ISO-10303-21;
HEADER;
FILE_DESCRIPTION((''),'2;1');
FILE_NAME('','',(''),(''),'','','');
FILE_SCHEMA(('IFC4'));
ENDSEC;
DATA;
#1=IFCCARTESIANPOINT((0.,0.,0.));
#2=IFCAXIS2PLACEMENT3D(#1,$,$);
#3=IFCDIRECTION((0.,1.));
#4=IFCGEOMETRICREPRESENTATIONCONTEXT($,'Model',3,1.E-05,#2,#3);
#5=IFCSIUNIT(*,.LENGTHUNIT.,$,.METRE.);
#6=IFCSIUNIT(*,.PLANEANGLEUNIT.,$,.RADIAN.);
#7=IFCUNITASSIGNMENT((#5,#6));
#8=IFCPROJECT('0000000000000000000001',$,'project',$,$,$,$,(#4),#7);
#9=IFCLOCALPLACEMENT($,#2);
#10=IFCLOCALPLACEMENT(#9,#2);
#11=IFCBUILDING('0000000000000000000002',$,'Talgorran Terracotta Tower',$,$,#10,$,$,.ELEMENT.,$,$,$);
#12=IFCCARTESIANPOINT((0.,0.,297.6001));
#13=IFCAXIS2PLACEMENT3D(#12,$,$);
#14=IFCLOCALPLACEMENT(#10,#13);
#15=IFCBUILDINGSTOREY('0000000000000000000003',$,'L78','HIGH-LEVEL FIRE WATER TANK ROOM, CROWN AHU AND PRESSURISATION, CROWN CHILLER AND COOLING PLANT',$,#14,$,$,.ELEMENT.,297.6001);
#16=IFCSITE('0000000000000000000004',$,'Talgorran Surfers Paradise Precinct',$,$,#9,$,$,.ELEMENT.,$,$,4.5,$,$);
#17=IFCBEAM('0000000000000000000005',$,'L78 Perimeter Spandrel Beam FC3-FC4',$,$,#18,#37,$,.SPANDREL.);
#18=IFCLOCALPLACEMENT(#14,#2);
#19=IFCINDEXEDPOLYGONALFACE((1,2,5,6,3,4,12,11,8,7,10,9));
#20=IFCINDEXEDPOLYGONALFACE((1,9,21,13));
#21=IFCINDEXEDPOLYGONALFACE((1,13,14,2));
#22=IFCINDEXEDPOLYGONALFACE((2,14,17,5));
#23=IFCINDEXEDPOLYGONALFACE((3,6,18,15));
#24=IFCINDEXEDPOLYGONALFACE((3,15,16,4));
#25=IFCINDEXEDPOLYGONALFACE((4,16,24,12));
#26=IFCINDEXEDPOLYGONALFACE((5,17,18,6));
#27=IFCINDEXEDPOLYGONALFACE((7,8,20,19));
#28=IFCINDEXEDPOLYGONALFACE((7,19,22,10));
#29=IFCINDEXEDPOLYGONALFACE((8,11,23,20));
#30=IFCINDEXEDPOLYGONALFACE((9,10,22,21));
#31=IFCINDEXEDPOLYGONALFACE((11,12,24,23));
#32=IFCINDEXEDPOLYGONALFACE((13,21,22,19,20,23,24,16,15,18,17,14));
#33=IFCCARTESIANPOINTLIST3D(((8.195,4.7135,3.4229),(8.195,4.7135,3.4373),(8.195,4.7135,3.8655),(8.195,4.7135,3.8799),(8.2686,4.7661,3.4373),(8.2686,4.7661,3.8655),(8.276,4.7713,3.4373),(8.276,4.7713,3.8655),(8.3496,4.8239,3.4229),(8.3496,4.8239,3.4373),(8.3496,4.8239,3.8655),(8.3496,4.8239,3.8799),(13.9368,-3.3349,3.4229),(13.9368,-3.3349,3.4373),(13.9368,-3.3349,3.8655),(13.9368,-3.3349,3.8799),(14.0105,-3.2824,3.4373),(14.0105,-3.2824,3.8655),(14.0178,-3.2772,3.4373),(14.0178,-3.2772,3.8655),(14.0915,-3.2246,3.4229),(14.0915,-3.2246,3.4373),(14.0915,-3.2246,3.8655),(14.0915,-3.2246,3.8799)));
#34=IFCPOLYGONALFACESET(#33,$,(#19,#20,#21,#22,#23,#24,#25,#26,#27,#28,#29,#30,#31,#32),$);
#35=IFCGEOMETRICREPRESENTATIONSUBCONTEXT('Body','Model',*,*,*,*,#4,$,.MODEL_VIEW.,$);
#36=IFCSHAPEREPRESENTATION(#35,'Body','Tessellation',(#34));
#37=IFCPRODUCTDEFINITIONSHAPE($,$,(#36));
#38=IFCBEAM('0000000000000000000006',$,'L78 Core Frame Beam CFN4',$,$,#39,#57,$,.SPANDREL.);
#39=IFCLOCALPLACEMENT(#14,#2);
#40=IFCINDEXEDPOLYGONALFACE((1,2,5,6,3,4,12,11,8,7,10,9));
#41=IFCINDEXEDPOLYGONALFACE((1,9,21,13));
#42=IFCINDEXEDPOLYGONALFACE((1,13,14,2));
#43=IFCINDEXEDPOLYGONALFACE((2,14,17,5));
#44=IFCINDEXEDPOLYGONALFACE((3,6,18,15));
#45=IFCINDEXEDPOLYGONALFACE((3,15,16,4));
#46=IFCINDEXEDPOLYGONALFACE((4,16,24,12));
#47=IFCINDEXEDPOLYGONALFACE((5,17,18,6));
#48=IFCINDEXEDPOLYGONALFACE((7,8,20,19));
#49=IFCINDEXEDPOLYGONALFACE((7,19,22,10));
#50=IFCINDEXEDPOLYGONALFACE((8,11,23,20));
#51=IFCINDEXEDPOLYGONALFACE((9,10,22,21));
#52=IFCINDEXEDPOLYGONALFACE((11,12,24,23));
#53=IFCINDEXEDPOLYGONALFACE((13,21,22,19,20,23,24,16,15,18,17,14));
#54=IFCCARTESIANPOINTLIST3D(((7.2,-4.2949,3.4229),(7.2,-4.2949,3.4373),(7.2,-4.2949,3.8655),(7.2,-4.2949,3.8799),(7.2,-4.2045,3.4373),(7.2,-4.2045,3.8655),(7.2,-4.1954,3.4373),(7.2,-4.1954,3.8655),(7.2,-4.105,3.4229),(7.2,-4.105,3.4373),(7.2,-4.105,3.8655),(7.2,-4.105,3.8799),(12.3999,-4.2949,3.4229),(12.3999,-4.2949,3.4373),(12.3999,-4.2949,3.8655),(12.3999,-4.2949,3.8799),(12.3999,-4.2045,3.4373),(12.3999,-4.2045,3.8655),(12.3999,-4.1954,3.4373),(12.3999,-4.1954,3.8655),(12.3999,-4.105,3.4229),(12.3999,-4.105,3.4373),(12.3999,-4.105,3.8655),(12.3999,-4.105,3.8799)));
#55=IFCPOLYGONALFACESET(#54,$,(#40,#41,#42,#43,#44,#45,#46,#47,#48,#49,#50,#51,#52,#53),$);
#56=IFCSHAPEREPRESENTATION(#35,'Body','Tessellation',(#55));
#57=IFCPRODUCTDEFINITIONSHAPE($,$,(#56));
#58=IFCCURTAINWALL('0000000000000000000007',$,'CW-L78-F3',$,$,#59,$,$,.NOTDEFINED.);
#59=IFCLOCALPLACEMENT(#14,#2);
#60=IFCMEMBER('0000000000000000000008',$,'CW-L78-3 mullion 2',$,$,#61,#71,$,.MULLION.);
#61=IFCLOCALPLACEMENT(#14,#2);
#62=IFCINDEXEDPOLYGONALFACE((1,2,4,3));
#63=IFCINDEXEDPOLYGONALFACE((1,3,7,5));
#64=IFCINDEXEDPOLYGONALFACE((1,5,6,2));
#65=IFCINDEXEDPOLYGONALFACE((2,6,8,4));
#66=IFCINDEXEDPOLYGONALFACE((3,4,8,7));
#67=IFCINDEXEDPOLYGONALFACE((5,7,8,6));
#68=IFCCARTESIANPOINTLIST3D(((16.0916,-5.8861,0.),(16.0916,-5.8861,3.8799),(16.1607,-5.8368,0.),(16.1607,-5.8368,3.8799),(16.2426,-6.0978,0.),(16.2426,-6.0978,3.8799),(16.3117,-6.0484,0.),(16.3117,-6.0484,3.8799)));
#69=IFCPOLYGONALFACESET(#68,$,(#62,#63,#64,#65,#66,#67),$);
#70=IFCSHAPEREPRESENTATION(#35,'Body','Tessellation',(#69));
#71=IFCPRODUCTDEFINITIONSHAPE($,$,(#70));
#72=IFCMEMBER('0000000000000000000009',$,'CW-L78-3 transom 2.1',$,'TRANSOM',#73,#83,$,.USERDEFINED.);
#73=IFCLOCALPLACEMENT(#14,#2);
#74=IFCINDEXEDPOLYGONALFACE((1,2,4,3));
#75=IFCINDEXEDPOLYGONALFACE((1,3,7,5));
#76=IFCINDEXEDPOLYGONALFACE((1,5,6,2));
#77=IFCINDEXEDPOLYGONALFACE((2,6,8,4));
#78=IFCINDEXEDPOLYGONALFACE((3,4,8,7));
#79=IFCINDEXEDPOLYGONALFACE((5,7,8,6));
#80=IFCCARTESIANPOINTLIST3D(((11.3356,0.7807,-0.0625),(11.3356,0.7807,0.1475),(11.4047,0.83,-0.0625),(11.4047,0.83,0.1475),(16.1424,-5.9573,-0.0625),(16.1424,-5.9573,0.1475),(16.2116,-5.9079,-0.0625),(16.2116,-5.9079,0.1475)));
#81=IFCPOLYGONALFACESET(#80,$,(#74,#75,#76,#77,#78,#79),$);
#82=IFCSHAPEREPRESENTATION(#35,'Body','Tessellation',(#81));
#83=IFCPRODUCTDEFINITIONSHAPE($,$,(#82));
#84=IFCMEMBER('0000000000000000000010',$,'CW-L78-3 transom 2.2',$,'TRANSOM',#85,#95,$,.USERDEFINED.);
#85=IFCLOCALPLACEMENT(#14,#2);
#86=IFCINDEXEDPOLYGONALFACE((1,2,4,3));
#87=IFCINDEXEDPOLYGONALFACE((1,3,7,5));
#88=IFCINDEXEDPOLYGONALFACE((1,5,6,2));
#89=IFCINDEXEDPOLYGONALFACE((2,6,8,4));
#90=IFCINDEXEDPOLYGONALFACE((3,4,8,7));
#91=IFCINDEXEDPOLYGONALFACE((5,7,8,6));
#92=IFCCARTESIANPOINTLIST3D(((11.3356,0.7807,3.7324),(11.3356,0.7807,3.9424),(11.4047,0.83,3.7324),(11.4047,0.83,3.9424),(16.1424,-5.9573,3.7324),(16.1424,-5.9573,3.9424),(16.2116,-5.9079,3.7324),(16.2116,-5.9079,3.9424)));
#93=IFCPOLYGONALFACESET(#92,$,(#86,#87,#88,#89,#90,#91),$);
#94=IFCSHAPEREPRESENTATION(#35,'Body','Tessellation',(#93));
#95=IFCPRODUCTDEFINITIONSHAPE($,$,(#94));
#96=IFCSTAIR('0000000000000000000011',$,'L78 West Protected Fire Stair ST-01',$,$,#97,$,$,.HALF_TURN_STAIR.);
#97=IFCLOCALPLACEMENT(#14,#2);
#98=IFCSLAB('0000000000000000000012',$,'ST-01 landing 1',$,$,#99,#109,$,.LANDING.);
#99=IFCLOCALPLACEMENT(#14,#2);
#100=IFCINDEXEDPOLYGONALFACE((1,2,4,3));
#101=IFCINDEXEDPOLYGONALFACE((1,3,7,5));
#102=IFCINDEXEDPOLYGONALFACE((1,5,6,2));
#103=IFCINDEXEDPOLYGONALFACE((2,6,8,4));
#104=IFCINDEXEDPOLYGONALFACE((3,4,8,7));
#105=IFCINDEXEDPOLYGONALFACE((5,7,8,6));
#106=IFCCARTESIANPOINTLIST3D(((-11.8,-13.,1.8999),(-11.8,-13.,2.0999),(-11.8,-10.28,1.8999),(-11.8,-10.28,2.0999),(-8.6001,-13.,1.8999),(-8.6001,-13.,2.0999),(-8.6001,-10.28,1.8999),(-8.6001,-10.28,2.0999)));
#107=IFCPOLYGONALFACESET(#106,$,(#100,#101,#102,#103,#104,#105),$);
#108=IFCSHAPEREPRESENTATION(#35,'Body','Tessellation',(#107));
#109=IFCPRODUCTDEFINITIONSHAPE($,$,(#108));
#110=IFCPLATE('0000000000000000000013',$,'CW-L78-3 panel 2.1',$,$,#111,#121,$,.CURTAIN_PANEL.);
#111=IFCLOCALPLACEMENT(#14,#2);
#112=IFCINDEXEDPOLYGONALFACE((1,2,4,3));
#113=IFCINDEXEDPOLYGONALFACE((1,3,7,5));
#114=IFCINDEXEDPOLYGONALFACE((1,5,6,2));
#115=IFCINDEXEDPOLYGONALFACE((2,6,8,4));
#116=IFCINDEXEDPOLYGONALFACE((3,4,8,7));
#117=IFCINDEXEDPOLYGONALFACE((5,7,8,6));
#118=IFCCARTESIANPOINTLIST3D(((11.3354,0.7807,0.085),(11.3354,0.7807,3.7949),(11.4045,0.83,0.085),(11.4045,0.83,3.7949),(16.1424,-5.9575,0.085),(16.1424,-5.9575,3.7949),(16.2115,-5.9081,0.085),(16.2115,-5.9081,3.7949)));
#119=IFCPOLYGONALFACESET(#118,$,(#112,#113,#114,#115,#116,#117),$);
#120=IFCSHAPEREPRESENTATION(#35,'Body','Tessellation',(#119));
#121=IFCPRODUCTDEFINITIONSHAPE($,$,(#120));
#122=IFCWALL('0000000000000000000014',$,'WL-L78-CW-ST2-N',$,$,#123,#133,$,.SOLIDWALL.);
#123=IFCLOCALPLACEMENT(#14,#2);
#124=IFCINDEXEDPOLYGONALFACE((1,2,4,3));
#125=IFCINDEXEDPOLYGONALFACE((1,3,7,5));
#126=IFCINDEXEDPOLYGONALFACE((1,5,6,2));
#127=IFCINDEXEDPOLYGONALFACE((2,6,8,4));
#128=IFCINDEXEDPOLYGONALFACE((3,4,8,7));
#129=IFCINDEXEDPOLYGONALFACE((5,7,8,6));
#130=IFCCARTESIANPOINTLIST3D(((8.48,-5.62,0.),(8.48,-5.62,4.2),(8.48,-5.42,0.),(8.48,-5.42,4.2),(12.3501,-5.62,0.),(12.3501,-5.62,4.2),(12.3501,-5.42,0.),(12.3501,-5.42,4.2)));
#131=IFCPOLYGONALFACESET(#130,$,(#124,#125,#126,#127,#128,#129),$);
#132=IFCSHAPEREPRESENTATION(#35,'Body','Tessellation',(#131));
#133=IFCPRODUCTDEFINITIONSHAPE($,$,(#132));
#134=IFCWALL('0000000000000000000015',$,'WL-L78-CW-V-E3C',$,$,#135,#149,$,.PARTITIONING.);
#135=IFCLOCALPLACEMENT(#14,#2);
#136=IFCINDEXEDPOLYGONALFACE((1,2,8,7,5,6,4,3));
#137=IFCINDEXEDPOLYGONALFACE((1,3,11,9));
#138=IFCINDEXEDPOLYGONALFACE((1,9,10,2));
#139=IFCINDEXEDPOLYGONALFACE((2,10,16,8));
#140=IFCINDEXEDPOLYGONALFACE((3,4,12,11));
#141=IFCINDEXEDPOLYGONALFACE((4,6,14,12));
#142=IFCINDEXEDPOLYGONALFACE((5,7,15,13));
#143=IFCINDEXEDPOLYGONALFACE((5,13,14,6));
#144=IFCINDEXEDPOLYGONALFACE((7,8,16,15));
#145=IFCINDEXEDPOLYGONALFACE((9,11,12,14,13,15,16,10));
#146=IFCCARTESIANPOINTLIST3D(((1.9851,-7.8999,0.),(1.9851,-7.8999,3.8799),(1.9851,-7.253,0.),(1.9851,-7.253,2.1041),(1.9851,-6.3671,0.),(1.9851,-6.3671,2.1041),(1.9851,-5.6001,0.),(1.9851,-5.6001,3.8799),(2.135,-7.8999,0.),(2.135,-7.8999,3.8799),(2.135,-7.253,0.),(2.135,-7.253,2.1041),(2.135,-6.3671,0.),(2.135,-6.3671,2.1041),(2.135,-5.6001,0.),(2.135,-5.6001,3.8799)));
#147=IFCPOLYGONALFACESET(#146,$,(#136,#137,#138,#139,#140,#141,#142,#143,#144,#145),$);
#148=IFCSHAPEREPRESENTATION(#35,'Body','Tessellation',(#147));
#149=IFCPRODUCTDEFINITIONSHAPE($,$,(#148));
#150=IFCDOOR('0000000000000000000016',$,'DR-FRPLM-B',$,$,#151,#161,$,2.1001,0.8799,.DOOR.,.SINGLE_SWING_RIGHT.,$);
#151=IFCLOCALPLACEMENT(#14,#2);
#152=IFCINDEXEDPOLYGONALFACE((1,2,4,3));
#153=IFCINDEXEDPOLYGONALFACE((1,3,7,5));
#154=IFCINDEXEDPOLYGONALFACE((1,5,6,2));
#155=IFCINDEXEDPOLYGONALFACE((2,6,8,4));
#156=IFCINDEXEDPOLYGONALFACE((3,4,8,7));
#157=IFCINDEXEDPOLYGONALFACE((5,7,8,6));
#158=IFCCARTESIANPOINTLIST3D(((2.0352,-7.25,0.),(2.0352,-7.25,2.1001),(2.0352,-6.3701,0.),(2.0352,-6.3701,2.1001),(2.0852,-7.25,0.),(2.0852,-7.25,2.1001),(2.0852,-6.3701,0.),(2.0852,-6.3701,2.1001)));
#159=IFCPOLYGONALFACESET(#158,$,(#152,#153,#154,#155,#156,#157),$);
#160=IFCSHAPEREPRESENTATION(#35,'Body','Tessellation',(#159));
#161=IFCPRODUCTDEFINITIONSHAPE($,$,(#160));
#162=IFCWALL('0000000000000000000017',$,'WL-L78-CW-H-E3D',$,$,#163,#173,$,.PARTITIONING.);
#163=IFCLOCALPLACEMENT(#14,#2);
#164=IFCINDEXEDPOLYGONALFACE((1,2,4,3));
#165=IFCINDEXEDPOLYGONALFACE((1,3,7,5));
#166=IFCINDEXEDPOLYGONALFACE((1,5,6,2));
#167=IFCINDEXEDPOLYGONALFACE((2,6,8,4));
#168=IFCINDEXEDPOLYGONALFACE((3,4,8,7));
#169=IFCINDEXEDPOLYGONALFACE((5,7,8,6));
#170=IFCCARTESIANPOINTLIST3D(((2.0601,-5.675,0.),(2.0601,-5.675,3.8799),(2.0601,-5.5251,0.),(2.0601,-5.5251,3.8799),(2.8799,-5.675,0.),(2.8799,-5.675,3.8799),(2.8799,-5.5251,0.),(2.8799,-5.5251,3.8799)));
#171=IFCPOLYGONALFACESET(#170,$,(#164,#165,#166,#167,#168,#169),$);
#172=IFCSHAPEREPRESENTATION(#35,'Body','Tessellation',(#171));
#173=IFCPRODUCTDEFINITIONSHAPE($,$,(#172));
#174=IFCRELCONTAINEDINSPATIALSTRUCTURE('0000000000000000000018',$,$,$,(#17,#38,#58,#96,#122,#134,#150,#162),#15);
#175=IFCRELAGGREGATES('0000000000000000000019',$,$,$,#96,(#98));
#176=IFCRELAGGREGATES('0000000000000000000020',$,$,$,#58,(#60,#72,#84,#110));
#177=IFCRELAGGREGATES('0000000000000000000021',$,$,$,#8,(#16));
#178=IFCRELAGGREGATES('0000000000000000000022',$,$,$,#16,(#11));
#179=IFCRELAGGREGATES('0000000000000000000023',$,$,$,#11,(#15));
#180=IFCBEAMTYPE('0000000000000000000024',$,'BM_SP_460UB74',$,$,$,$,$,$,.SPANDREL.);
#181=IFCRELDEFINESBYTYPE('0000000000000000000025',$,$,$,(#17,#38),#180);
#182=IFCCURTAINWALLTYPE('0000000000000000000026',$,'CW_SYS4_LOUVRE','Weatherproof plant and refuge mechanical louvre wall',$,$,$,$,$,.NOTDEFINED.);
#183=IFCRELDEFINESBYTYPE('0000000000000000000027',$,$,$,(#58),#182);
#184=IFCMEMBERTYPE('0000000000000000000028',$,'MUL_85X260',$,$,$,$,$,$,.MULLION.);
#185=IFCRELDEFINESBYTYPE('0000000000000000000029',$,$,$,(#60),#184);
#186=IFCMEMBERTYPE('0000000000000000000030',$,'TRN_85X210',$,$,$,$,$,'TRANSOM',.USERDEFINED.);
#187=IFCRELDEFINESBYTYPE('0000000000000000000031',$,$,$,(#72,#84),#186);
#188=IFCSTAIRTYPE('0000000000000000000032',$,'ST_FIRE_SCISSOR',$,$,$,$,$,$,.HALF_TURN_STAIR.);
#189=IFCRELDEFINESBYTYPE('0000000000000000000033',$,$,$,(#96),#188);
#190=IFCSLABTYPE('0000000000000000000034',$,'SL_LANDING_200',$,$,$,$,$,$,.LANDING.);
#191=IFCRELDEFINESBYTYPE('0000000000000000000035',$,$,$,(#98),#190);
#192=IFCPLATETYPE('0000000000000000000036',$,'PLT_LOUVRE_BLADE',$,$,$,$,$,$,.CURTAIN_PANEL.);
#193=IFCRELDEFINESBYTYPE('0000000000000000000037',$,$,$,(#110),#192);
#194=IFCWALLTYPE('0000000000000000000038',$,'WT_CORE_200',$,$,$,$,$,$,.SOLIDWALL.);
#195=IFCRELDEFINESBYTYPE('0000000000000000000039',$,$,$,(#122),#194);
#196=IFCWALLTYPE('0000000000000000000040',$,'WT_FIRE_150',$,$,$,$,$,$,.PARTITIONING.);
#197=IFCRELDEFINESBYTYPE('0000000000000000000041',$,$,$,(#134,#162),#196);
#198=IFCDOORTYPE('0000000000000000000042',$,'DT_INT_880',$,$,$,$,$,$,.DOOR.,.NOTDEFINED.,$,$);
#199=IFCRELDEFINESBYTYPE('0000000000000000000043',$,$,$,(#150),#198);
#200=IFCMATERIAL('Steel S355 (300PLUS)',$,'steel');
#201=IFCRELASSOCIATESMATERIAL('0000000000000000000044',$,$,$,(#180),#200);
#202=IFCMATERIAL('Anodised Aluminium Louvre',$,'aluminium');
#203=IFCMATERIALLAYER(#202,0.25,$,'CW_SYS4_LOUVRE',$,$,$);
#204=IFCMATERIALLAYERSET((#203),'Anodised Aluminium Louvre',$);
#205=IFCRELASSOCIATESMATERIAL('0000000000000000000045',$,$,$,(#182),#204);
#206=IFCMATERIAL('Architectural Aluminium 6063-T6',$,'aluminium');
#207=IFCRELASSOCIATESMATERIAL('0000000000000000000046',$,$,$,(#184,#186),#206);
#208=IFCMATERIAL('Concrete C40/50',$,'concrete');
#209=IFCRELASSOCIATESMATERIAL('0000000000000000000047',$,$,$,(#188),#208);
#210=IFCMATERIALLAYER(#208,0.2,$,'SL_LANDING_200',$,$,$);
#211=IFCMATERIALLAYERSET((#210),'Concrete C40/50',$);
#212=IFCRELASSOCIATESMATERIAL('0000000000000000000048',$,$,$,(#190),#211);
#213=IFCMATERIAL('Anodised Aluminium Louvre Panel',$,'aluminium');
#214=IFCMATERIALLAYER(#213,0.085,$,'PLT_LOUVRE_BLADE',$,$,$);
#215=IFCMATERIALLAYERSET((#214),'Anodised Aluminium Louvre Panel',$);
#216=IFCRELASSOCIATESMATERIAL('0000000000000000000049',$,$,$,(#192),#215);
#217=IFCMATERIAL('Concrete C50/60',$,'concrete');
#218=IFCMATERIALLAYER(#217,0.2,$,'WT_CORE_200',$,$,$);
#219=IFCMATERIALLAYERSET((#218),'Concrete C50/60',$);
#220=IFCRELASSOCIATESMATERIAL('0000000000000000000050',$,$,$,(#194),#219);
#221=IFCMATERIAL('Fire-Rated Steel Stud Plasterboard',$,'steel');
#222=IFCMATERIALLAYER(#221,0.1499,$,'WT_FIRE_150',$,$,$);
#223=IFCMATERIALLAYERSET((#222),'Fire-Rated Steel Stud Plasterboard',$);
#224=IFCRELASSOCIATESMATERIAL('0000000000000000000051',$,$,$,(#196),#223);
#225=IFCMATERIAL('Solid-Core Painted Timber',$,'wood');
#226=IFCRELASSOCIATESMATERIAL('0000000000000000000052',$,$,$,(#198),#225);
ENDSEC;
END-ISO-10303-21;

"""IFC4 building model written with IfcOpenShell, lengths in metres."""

from ifc_helpers import new_model, si_unit, direction, frame, frame_2d, origin, origin_2d, place, context, subcontext, project, spatial, polyline, rectangle, i_section, outline, extrude, source, transform, mapped, material, layer, layer_set, material_profile, profile_set, type_object, type_shapes, element, fill, aggregate, save


model = new_model("IFC4")

# Units and contexts
model_context = context("Model", 3, precision=1e-05, world=origin(), true_north=direction((0.0, 1.0)))
body_context = subcontext(model_context, "Body", "Model", "MODEL_VIEW")
ifc_project = project(units=[si_unit("LENGTHUNIT", "METRE"), si_unit("PLANEANGLEUNIT", "RADIAN")], contexts=[model_context])

# Site, building, storey
site_placement = place(None, origin())
site = spatial("IfcSite", under=ifc_project, at=site_placement, Name="Talgorran Surfers Paradise Precinct", CompositionType="ELEMENT", RefElevation=4.5)
building_placement = place(site_placement, origin())
building = spatial("IfcBuilding", under=site, at=building_placement, Name="Talgorran Terracotta Tower", CompositionType="ELEMENT")
storey_placement = place(building_placement, frame((0.0, 0.0, 297.6001)))
storey = spatial("IfcBuildingStorey", under=building, at=storey_placement, Name="L78", Description="HIGH-LEVEL FIRE WATER TANK ROOM, CROWN AHU AND PRESSURISATION, CROWN CHILLER AND COOLING PLANT", CompositionType="ELEMENT", Elevation=297.6001)

# Shared definitions
ifc_material_1 = material(Name="Steel S355 (300PLUS)", Category="steel")

# Beams
ifc_material_profile_1 = material_profile(ifc_material_1, i_section(OverallWidth=0.1899, OverallDepth=0.457, WebThickness=0.009, FlangeThickness=0.0144, at=origin_2d()), Name="460UB74.6")
ifc_profile_set_1 = profile_set([ifc_material_profile_1], Name="Steel S355 (300PLUS)")
beam_type_1 = type_object("IfcBeamType", Name="BM_SP_460UB74", PredefinedType="SPANDREL", material=ifc_profile_set_1)
beam_1_placement = place(storey_placement, frame((14.0142, -3.2798, 3.6514), z_axis=(-0.580766, 0.81407, 0.0), x_axis=(-0.81407, -0.580766, 0.0)))
element("IfcBeam", 1, at=beam_1_placement, inside=storey, type_object=beam_type_1, Name="L78 Perimeter Spandrel Beam FC3-FC4", PredefinedType="SPANDREL", context=body_context, shape_type="SweptSolid", body=[
    extrude(i_section(OverallWidth=0.1899, OverallDepth=0.457, WebThickness=0.009, FlangeThickness=0.0144, at=origin_2d()), origin(), (0.0, 0.0, 1.0), 9.8867),
])
beam_2_placement = place(storey_placement, frame((7.2, -4.2, 3.6514), z_axis=(1.0, 0.0, 0.0), x_axis=(0.0, 1.0, 0.0)))
element("IfcBeam", 2, at=beam_2_placement, inside=storey, type_object=beam_type_1, Name="L78 Core Frame Beam CFN4", PredefinedType="SPANDREL", context=body_context, shape_type="SweptSolid", body=[
    extrude(i_section(OverallWidth=0.1899, OverallDepth=0.457, WebThickness=0.009, FlangeThickness=0.0144, at=origin_2d()), origin(), (0.0, 0.0, 1.0), 5.2),
])

# Curtain wall, members
ifc_material_2 = material(Name="Anodised Aluminium Louvre", Category="aluminium")
ifc_layer_1 = layer(ifc_material_2, 0.25, Name="CW_SYS4_LOUVRE")
ifc_layer_set_1 = layer_set([ifc_layer_1], Name="Anodised Aluminium Louvre")
curtain_wall_type = type_object("IfcCurtainWallType", Name="CW_SYS4_LOUVRE", Description="Weatherproof plant and refuge mechanical louvre wall", PredefinedType="NOTDEFINED", material=ifc_layer_set_1)
curtain_wall_placement = place(storey_placement, origin())
curtain_wall = element("IfcCurtainWall", 3, at=curtain_wall_placement, inside=storey, type_object=curtain_wall_type, Name="CW-L78-F3", PredefinedType="NOTDEFINED")
ifc_material_3 = material(Name="Architectural Aluminium 6063-T6", Category="aluminium")
ifc_material_profile_2 = material_profile(ifc_material_3, rectangle(XDim=0.085, YDim=0.26, at=origin_2d()), Name="CWM85X260")
ifc_profile_set_2 = profile_set([ifc_material_profile_2], Name="Architectural Aluminium 6063-T6")
member_type_1 = type_object("IfcMemberType", Name="MUL_85X260", PredefinedType="MULLION", material=ifc_profile_set_2)
member_1_placement = place(storey_placement, frame((16.2017, -5.9673, 0.0), z_axis=(0.0, 0.0, 1.0), x_axis=(-0.814076, -0.580758, 0.0)))
member_1 = element("IfcMember", 4, at=member_1_placement, type_object=member_type_1, Name="CW-L78-3 mullion 2", PredefinedType="MULLION", context=body_context, shape_type="SweptSolid", body=[
    extrude(rectangle(XDim=0.085, YDim=0.26, at=origin_2d()), origin(), (0.0, 0.0, 1.0), 3.8799),
])
ifc_material_profile_3 = material_profile(ifc_material_3, rectangle(XDim=0.085, YDim=0.21, at=origin_2d()), Name="CWT85X210")
ifc_profile_set_3 = profile_set([ifc_material_profile_3], Name="Architectural Aluminium 6063-T6")
member_type_2 = type_object("IfcMemberType", Name="TRN_85X210", ElementType="TRANSOM", PredefinedType="USERDEFINED", material=ifc_profile_set_3)
member_2_placement = place(storey_placement, frame((16.177, -5.9326, 0.0425), z_axis=(-0.580758, 0.814076, 0.0), x_axis=(-0.814076, -0.580758, 0.0)))
member_2 = element("IfcMember", 5, at=member_2_placement, type_object=member_type_2, Name="CW-L78-3 transom 2.1", ObjectType="TRANSOM", PredefinedType="USERDEFINED", context=body_context, shape_type="SweptSolid", body=[
    extrude(rectangle(XDim=0.085, YDim=0.21, at=origin_2d()), origin(), (0.0, 0.0, 1.0), 8.2769),
])
member_3_placement = place(storey_placement, frame((16.177, -5.9326, 3.8374), z_axis=(-0.580758, 0.814076, 0.0), x_axis=(-0.814076, -0.580758, 0.0)))
member_3 = element("IfcMember", 6, at=member_3_placement, type_object=member_type_2, Name="CW-L78-3 transom 2.2", ObjectType="TRANSOM", PredefinedType="USERDEFINED", context=body_context, shape_type="SweptSolid", body=[
    extrude(rectangle(XDim=0.085, YDim=0.21, at=origin_2d()), origin(), (0.0, 0.0, 1.0), 8.2769),
])

# Stair, slab
ifc_material_4 = material(Name="Concrete C40/50", Category="concrete")
stair_type = type_object("IfcStairType", Name="ST_FIRE_SCISSOR", PredefinedType="HALF_TURN_STAIR", material=ifc_material_4)
stair_1_placement = place(storey_placement, origin())
stair_1 = element("IfcStair", 7, at=stair_1_placement, inside=storey, type_object=stair_type, Name="L78 West Protected Fire Stair ST-01", PredefinedType="HALF_TURN_STAIR")
ifc_layer_2 = layer(ifc_material_4, 0.2, Name="SL_LANDING_200")
ifc_layer_set_2 = layer_set([ifc_layer_2], Name="Concrete C40/50")
slab_type = type_object("IfcSlabType", Name="SL_LANDING_200", PredefinedType="LANDING", material=ifc_layer_set_2)
slab_placement = place(storey_placement, frame((0.0, 0.0, 1.8999)))
slab = element("IfcSlab", 8, at=slab_placement, type_object=slab_type, Name="ST-01 landing 1", PredefinedType="LANDING", context=body_context, shape_type="SweptSolid", body=[
    extrude(outline(polyline([(-11.8, -10.28), (-11.8, -13.0), (-8.6001, -13.0), (-8.6001, -10.28), (-11.8, -10.28)])), origin(), (0.0, 0.0, 1.0), 0.2),
])
aggregate(stair_1, [slab])

# Plate
ifc_material_5 = material(Name="Anodised Aluminium Louvre Panel", Category="aluminium")
ifc_layer_3 = layer(ifc_material_5, 0.085, Name="PLT_LOUVRE_BLADE")
ifc_layer_set_3 = layer_set([ifc_layer_3], Name="Anodised Aluminium Louvre Panel")
plate_type = type_object("IfcPlateType", Name="PLT_LOUVRE_BLADE", PredefinedType="CURTAIN_PANEL", material=ifc_layer_set_3)
shared_shape = source(origin(), body_context, "Body", "SweptSolid", [
    extrude(rectangle(XDim=8.2771, YDim=0.085, at=origin_2d()), origin(), (0.0, 0.0, 1.0), 3.71),
])
type_shapes(plate_type, [shared_shape])
plate_placement = place(storey_placement, frame((13.7734, -2.5637, 0.085), z_axis=(0.0, 0.0, 1.0), x_axis=(-0.580758, 0.814076, 0.0)))
plate = element("IfcPlate", 9, at=plate_placement, type_object=plate_type, Name="CW-L78-3 panel 2.1", PredefinedType="CURTAIN_PANEL", context=body_context, shape_type="MappedRepresentation", body=[
    mapped(shared_shape, transform((0.0, 0.0, 0.0), scale=1.0)),
])
aggregate(curtain_wall, [member_1, member_2, member_3, plate])

# Wall
ifc_material_6 = material(Name="Concrete C50/60", Category="concrete")
ifc_layer_4 = layer(ifc_material_6, 0.2, Name="WT_CORE_200")
ifc_layer_set_4 = layer_set([ifc_layer_4], Name="Concrete C50/60")
wall_type_1 = type_object("IfcWallType", Name="WT_CORE_200", PredefinedType="SOLIDWALL", material=ifc_layer_set_4)
wall_1_placement = place(storey_placement, frame((8.48, -5.52, 0.0), z_axis=(0.0, 0.0, 1.0), x_axis=(1.0, 0.0, 0.0)))
element("IfcWall", 10, at=wall_1_placement, inside=storey, type_object=wall_type_1, Name="WL-L78-CW-ST2-N", PredefinedType="SOLIDWALL", context=body_context, shape_type="SweptSolid", body=[
    extrude(rectangle(XDim=3.8701, YDim=0.2, at=frame_2d((1.9351, 0.0))), origin(), (0.0, 0.0, 1.0), 4.2),
])

# Wall, opening, door
ifc_material_7 = material(Name="Fire-Rated Steel Stud Plasterboard", Category="steel")
ifc_layer_5 = layer(ifc_material_7, 0.1499, Name="WT_FIRE_150")
ifc_layer_set_5 = layer_set([ifc_layer_5], Name="Fire-Rated Steel Stud Plasterboard")
wall_type_2 = type_object("IfcWallType", Name="WT_FIRE_150", PredefinedType="PARTITIONING", material=ifc_layer_set_5)
wall_2_placement = place(storey_placement, frame((2.0601, -7.8999, 0.0), z_axis=(0.0, 0.0, 1.0), x_axis=(0.0, 1.0, 0.0)))
wall_2 = element("IfcWall", 11, at=wall_2_placement, inside=storey, type_object=wall_type_2, Name="WL-L78-CW-V-E3C", PredefinedType="PARTITIONING", context=body_context, shape_type="SweptSolid", body=[
    extrude(rectangle(XDim=2.2998, YDim=0.1499, at=frame_2d((1.1499, 0.0))), origin(), (0.0, 0.0, 1.0), 3.8799),
])
opening_1_placement = place(wall_2_placement, frame((0.6499, 0.0, 0.0)))
opening_1 = element("IfcOpeningElement", 12, at=opening_1_placement, cuts=wall_2, PredefinedType="OPENING", context=body_context, shape_type="SweptSolid", body=[
    extrude(rectangle(XDim=0.8859, YDim=2.1041, at=frame_2d((0.4399, 1.052))), frame((0.0, 0.085, 0.0), z_axis=(0.0, -1.0, 0.0), x_axis=(1.0, 0.0, 0.0)), (0.0, 0.0, 1.0), 0.1699),
])
ifc_material_8 = material(Name="Solid-Core Painted Timber", Category="wood")
door_type_1 = type_object("IfcDoorType", Name="DT_INT_880", OperationType="NOTDEFINED", PredefinedType="DOOR", material=ifc_material_8)
door_1_placement = place(opening_1_placement, origin())
door_1 = element("IfcDoor", 13, at=door_1_placement, inside=storey, type_object=door_type_1, Name="DR-FRPLM-B", OperationType="SINGLE_SWING_RIGHT", OverallHeight=2.1001, OverallWidth=0.8799, PredefinedType="DOOR", context=body_context, shape_type="SweptSolid", body=[
    extrude(rectangle(XDim=0.8799, YDim=2.1001, at=frame_2d((0.4399, 1.05))), frame((0.0, 0.0249, 0.0), z_axis=(0.0, -1.0, 0.0), x_axis=(1.0, 0.0, 0.0)), (0.0, 0.0, 1.0), 0.05),
])
fill(opening_1, door_1)

# Wall
wall_3_placement = place(storey_placement, frame((2.0601, -5.6001, 0.0), z_axis=(0.0, 0.0, 1.0), x_axis=(1.0, 0.0, 0.0)))
element("IfcWall", 14, at=wall_3_placement, inside=storey, type_object=wall_type_2, Name="WL-L78-CW-H-E3D", PredefinedType="PARTITIONING", context=body_context, shape_type="SweptSolid", body=[
    extrude(rectangle(XDim=0.8198, YDim=0.1499, at=frame_2d((0.4099, 0.0))), origin(), (0.0, 0.0, 1.0), 3.8799),
])

save(model, "model.ifc")
